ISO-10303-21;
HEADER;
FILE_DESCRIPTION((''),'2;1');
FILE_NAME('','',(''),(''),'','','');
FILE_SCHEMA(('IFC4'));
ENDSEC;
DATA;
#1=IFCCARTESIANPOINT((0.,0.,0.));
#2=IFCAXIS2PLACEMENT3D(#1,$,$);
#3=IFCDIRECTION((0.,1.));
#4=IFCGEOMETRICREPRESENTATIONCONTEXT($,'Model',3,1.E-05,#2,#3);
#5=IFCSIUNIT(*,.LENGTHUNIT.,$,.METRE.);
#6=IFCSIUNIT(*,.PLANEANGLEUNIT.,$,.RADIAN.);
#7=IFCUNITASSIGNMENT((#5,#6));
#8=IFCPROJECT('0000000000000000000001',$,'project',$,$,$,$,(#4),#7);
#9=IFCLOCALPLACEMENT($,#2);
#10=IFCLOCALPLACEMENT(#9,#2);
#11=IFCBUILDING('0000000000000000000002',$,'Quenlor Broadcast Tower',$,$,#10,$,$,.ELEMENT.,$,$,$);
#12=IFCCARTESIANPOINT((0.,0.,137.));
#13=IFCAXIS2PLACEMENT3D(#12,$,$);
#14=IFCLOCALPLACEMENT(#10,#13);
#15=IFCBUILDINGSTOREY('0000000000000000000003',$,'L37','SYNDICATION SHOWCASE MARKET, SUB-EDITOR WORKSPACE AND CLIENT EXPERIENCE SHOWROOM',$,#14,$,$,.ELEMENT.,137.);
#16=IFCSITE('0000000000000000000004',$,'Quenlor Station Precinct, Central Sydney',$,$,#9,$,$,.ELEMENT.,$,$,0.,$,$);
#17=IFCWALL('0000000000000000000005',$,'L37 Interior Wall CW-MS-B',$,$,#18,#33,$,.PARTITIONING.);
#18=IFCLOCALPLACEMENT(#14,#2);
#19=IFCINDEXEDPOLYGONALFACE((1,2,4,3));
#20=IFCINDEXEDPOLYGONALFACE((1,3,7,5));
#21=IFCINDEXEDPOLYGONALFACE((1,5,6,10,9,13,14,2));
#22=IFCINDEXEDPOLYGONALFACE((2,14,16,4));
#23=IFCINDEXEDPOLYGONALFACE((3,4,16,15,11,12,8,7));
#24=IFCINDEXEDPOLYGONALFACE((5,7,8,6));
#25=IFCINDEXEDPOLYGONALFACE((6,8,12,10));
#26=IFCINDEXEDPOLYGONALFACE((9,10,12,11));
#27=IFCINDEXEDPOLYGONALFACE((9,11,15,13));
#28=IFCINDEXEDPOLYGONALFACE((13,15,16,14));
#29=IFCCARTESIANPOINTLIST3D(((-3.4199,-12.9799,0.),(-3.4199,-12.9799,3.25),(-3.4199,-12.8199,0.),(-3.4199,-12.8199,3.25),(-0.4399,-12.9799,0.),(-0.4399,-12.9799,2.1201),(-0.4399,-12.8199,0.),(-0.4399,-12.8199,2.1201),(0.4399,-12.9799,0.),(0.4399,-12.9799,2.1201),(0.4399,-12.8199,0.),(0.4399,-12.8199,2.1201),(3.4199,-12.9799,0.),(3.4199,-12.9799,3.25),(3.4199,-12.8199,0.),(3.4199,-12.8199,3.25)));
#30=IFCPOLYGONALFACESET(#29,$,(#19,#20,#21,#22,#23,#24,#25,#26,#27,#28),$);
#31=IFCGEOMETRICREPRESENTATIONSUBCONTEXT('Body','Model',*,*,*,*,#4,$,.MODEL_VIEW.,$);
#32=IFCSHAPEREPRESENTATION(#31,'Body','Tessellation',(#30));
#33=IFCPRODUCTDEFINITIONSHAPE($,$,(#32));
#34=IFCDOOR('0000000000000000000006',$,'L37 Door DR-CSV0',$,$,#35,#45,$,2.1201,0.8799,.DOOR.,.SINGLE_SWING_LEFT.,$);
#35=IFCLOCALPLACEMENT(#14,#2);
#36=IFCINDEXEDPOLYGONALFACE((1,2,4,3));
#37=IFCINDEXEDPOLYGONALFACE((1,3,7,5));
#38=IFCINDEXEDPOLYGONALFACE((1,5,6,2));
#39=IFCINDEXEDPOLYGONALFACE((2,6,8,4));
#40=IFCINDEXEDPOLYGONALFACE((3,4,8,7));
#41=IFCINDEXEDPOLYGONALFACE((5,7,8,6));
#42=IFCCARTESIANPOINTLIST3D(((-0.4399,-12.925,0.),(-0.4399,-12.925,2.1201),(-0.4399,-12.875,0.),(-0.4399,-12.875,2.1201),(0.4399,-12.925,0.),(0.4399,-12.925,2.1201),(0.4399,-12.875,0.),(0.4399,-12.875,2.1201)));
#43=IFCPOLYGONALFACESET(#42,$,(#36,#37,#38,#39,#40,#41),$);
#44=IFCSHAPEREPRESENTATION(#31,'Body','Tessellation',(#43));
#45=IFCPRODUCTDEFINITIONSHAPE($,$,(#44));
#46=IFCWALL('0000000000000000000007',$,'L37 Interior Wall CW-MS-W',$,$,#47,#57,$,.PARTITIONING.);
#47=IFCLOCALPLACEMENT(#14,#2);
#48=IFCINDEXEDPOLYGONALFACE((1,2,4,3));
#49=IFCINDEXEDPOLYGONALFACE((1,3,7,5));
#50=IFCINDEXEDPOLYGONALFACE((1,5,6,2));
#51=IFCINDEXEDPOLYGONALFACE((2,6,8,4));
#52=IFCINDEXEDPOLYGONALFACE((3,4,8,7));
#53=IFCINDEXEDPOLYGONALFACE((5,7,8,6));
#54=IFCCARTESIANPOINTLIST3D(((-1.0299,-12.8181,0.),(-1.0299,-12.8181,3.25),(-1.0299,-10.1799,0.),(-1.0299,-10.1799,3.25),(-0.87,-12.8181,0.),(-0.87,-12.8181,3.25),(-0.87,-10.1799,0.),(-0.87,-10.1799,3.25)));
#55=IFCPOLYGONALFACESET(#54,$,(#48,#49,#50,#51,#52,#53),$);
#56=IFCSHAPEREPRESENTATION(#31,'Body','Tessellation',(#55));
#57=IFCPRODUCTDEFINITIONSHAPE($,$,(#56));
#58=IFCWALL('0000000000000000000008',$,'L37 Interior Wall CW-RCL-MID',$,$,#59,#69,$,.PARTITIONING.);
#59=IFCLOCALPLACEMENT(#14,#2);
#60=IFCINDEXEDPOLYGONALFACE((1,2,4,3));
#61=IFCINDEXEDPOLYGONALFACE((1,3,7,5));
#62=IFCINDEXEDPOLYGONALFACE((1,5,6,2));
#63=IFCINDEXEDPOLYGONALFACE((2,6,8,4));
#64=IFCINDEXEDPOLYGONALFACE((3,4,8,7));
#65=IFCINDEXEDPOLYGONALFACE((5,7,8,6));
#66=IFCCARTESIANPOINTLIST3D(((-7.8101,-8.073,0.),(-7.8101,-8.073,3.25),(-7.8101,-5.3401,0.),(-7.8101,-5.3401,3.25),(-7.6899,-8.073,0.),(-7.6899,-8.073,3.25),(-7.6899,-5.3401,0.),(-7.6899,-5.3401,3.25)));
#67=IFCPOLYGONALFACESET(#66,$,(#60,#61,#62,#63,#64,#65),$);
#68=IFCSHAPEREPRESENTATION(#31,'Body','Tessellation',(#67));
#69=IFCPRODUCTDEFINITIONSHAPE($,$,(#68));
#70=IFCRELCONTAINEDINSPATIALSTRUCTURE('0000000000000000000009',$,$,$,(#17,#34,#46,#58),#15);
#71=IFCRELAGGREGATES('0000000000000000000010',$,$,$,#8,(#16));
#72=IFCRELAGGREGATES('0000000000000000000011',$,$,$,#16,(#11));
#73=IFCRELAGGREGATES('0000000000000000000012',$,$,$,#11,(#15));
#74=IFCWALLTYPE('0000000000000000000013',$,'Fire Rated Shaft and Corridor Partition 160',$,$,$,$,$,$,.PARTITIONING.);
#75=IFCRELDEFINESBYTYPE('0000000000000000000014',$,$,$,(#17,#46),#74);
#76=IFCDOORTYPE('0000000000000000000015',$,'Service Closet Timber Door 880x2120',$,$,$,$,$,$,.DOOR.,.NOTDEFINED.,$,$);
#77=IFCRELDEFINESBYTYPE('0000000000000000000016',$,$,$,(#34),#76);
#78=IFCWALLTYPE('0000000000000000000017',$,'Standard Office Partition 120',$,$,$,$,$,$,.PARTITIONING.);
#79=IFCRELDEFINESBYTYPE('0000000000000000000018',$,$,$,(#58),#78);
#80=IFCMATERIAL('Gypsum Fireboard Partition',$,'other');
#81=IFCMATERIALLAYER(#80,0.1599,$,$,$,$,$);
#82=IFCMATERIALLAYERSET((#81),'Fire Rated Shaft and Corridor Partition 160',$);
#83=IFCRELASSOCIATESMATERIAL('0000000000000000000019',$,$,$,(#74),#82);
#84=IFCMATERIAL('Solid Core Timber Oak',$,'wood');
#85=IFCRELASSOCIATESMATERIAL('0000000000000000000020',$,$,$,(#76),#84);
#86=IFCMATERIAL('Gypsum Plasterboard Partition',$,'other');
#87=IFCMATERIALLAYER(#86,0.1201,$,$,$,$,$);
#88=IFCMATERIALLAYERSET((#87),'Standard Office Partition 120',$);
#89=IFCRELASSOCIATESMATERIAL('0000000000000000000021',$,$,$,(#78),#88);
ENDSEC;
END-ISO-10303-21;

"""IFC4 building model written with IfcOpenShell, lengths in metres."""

from ifc_helpers import new_model, si_unit, direction, frame, frame_2d, origin, place, context, subcontext, project, spatial, rectangle, extrude, material, layer, layer_set, type_object, element, fill, save


model = new_model("IFC4")

# Units and contexts
model_context = context("Model", 3, precision=1e-05, world=origin(), true_north=direction((0.0, 1.0)))
body_context = subcontext(model_context, "Body", "Model", "MODEL_VIEW")
ifc_project = project(units=[si_unit("LENGTHUNIT", "METRE"), si_unit("PLANEANGLEUNIT", "RADIAN")], contexts=[model_context])

# Site, building, storey
site_placement = place(None, origin())
site = spatial("IfcSite", under=ifc_project, at=site_placement, Name="Quenlor Station Precinct, Central Sydney", CompositionType="ELEMENT", RefElevation=0.0)
building_placement = place(site_placement, origin())
building = spatial("IfcBuilding", under=site, at=building_placement, Name="Quenlor Broadcast Tower", CompositionType="ELEMENT")
storey_placement = place(building_placement, frame((0.0, 0.0, 137.0)))
storey = spatial("IfcBuildingStorey", under=building, at=storey_placement, Name="L37", Description="SYNDICATION SHOWCASE MARKET, SUB-EDITOR WORKSPACE AND CLIENT EXPERIENCE SHOWROOM", CompositionType="ELEMENT", Elevation=137.0)

# Shared definitions
ifc_material_1 = material(Name="Gypsum Fireboard Partition", Category="other")
ifc_layer_1 = layer(ifc_material_1, 0.1599)
ifc_layer_set_1 = layer_set([ifc_layer_1], Name="Fire Rated Shaft and Corridor Partition 160")
wall_type_1 = type_object("IfcWallType", Name="Fire Rated Shaft and Corridor Partition 160", PredefinedType="PARTITIONING", material=ifc_layer_set_1)

# Wall, opening, door
wall_1_placement = place(storey_placement, frame((-3.4199, -12.8999, 0.0), z_axis=(0.0, 0.0, 1.0), x_axis=(1.0, 0.0, 0.0)))
wall_1 = element("IfcWall", 1, at=wall_1_placement, inside=storey, type_object=wall_type_1, Name="L37 Interior Wall CW-MS-B", PredefinedType="PARTITIONING", context=body_context, shape_type="SweptSolid", body=[
    extrude(rectangle(XDim=6.8398, YDim=0.1599, at=frame_2d((3.4199, 0.0))), origin(), (0.0, 0.0, 1.0), 3.25),
])
opening_1_placement = place(wall_1_placement, frame((2.98, 0.0, 0.0)))
opening_1 = element("IfcOpeningElement", 2, at=opening_1_placement, cuts=wall_1, PredefinedType="OPENING", context=body_context, shape_type="SweptSolid", body=[
    extrude(rectangle(XDim=0.8799, YDim=2.1201, at=frame_2d((0.4399, 1.0601))), frame((0.0, 0.0898, 0.0), z_axis=(0.0, -1.0, 0.0), x_axis=(1.0, 0.0, 0.0)), (0.0, 0.0, 1.0), 0.1799),
])
ifc_material_2 = material(Name="Solid Core Timber Oak", Category="wood")
door_type_1 = type_object("IfcDoorType", Name="Service Closet Timber Door 880x2120", OperationType="NOTDEFINED", PredefinedType="DOOR", material=ifc_material_2)
door_1_placement = place(opening_1_placement, origin())
door_1 = element("IfcDoor", 3, at=door_1_placement, inside=storey, type_object=door_type_1, Name="L37 Door DR-CSV0", OperationType="SINGLE_SWING_LEFT", OverallHeight=2.1201, OverallWidth=0.8799, PredefinedType="DOOR", context=body_context, shape_type="SweptSolid", body=[
    extrude(rectangle(XDim=0.8799, YDim=2.1201, at=frame_2d((0.4399, 1.0601))), frame((0.0, 0.0249, 0.0), z_axis=(0.0, -1.0, 0.0), x_axis=(1.0, 0.0, 0.0)), (0.0, 0.0, 1.0), 0.05),
])
fill(opening_1, door_1)

# Walls
wall_2_placement = place(storey_placement, frame((-0.95, -12.8181, 0.0), z_axis=(0.0, 0.0, 1.0), x_axis=(0.0, 1.0, 0.0)))
element("IfcWall", 4, at=wall_2_placement, inside=storey, type_object=wall_type_1, Name="L37 Interior Wall CW-MS-W", PredefinedType="PARTITIONING", context=body_context, shape_type="SweptSolid", body=[
    extrude(rectangle(XDim=2.6382, YDim=0.1599, at=frame_2d((1.3191, 0.0))), origin(), (0.0, 0.0, 1.0), 3.25),
])
ifc_material_3 = material(Name="Gypsum Plasterboard Partition", Category="other")
ifc_layer_2 = layer(ifc_material_3, 0.1201)
ifc_layer_set_2 = layer_set([ifc_layer_2], Name="Standard Office Partition 120")
wall_type_2 = type_object("IfcWallType", Name="Standard Office Partition 120", PredefinedType="PARTITIONING", material=ifc_layer_set_2)
wall_3_placement = place(storey_placement, frame((-7.75, -8.073, 0.0), z_axis=(0.0, 0.0, 1.0), x_axis=(0.0, 1.0, 0.0)))
element("IfcWall", 5, at=wall_3_placement, inside=storey, type_object=wall_type_2, Name="L37 Interior Wall CW-RCL-MID", PredefinedType="PARTITIONING", context=body_context, shape_type="SweptSolid", body=[
    extrude(rectangle(XDim=2.7329, YDim=0.1201, at=frame_2d((1.3665, 0.0))), origin(), (0.0, 0.0, 1.0), 3.25),
])

save(model, "model.ifc")
